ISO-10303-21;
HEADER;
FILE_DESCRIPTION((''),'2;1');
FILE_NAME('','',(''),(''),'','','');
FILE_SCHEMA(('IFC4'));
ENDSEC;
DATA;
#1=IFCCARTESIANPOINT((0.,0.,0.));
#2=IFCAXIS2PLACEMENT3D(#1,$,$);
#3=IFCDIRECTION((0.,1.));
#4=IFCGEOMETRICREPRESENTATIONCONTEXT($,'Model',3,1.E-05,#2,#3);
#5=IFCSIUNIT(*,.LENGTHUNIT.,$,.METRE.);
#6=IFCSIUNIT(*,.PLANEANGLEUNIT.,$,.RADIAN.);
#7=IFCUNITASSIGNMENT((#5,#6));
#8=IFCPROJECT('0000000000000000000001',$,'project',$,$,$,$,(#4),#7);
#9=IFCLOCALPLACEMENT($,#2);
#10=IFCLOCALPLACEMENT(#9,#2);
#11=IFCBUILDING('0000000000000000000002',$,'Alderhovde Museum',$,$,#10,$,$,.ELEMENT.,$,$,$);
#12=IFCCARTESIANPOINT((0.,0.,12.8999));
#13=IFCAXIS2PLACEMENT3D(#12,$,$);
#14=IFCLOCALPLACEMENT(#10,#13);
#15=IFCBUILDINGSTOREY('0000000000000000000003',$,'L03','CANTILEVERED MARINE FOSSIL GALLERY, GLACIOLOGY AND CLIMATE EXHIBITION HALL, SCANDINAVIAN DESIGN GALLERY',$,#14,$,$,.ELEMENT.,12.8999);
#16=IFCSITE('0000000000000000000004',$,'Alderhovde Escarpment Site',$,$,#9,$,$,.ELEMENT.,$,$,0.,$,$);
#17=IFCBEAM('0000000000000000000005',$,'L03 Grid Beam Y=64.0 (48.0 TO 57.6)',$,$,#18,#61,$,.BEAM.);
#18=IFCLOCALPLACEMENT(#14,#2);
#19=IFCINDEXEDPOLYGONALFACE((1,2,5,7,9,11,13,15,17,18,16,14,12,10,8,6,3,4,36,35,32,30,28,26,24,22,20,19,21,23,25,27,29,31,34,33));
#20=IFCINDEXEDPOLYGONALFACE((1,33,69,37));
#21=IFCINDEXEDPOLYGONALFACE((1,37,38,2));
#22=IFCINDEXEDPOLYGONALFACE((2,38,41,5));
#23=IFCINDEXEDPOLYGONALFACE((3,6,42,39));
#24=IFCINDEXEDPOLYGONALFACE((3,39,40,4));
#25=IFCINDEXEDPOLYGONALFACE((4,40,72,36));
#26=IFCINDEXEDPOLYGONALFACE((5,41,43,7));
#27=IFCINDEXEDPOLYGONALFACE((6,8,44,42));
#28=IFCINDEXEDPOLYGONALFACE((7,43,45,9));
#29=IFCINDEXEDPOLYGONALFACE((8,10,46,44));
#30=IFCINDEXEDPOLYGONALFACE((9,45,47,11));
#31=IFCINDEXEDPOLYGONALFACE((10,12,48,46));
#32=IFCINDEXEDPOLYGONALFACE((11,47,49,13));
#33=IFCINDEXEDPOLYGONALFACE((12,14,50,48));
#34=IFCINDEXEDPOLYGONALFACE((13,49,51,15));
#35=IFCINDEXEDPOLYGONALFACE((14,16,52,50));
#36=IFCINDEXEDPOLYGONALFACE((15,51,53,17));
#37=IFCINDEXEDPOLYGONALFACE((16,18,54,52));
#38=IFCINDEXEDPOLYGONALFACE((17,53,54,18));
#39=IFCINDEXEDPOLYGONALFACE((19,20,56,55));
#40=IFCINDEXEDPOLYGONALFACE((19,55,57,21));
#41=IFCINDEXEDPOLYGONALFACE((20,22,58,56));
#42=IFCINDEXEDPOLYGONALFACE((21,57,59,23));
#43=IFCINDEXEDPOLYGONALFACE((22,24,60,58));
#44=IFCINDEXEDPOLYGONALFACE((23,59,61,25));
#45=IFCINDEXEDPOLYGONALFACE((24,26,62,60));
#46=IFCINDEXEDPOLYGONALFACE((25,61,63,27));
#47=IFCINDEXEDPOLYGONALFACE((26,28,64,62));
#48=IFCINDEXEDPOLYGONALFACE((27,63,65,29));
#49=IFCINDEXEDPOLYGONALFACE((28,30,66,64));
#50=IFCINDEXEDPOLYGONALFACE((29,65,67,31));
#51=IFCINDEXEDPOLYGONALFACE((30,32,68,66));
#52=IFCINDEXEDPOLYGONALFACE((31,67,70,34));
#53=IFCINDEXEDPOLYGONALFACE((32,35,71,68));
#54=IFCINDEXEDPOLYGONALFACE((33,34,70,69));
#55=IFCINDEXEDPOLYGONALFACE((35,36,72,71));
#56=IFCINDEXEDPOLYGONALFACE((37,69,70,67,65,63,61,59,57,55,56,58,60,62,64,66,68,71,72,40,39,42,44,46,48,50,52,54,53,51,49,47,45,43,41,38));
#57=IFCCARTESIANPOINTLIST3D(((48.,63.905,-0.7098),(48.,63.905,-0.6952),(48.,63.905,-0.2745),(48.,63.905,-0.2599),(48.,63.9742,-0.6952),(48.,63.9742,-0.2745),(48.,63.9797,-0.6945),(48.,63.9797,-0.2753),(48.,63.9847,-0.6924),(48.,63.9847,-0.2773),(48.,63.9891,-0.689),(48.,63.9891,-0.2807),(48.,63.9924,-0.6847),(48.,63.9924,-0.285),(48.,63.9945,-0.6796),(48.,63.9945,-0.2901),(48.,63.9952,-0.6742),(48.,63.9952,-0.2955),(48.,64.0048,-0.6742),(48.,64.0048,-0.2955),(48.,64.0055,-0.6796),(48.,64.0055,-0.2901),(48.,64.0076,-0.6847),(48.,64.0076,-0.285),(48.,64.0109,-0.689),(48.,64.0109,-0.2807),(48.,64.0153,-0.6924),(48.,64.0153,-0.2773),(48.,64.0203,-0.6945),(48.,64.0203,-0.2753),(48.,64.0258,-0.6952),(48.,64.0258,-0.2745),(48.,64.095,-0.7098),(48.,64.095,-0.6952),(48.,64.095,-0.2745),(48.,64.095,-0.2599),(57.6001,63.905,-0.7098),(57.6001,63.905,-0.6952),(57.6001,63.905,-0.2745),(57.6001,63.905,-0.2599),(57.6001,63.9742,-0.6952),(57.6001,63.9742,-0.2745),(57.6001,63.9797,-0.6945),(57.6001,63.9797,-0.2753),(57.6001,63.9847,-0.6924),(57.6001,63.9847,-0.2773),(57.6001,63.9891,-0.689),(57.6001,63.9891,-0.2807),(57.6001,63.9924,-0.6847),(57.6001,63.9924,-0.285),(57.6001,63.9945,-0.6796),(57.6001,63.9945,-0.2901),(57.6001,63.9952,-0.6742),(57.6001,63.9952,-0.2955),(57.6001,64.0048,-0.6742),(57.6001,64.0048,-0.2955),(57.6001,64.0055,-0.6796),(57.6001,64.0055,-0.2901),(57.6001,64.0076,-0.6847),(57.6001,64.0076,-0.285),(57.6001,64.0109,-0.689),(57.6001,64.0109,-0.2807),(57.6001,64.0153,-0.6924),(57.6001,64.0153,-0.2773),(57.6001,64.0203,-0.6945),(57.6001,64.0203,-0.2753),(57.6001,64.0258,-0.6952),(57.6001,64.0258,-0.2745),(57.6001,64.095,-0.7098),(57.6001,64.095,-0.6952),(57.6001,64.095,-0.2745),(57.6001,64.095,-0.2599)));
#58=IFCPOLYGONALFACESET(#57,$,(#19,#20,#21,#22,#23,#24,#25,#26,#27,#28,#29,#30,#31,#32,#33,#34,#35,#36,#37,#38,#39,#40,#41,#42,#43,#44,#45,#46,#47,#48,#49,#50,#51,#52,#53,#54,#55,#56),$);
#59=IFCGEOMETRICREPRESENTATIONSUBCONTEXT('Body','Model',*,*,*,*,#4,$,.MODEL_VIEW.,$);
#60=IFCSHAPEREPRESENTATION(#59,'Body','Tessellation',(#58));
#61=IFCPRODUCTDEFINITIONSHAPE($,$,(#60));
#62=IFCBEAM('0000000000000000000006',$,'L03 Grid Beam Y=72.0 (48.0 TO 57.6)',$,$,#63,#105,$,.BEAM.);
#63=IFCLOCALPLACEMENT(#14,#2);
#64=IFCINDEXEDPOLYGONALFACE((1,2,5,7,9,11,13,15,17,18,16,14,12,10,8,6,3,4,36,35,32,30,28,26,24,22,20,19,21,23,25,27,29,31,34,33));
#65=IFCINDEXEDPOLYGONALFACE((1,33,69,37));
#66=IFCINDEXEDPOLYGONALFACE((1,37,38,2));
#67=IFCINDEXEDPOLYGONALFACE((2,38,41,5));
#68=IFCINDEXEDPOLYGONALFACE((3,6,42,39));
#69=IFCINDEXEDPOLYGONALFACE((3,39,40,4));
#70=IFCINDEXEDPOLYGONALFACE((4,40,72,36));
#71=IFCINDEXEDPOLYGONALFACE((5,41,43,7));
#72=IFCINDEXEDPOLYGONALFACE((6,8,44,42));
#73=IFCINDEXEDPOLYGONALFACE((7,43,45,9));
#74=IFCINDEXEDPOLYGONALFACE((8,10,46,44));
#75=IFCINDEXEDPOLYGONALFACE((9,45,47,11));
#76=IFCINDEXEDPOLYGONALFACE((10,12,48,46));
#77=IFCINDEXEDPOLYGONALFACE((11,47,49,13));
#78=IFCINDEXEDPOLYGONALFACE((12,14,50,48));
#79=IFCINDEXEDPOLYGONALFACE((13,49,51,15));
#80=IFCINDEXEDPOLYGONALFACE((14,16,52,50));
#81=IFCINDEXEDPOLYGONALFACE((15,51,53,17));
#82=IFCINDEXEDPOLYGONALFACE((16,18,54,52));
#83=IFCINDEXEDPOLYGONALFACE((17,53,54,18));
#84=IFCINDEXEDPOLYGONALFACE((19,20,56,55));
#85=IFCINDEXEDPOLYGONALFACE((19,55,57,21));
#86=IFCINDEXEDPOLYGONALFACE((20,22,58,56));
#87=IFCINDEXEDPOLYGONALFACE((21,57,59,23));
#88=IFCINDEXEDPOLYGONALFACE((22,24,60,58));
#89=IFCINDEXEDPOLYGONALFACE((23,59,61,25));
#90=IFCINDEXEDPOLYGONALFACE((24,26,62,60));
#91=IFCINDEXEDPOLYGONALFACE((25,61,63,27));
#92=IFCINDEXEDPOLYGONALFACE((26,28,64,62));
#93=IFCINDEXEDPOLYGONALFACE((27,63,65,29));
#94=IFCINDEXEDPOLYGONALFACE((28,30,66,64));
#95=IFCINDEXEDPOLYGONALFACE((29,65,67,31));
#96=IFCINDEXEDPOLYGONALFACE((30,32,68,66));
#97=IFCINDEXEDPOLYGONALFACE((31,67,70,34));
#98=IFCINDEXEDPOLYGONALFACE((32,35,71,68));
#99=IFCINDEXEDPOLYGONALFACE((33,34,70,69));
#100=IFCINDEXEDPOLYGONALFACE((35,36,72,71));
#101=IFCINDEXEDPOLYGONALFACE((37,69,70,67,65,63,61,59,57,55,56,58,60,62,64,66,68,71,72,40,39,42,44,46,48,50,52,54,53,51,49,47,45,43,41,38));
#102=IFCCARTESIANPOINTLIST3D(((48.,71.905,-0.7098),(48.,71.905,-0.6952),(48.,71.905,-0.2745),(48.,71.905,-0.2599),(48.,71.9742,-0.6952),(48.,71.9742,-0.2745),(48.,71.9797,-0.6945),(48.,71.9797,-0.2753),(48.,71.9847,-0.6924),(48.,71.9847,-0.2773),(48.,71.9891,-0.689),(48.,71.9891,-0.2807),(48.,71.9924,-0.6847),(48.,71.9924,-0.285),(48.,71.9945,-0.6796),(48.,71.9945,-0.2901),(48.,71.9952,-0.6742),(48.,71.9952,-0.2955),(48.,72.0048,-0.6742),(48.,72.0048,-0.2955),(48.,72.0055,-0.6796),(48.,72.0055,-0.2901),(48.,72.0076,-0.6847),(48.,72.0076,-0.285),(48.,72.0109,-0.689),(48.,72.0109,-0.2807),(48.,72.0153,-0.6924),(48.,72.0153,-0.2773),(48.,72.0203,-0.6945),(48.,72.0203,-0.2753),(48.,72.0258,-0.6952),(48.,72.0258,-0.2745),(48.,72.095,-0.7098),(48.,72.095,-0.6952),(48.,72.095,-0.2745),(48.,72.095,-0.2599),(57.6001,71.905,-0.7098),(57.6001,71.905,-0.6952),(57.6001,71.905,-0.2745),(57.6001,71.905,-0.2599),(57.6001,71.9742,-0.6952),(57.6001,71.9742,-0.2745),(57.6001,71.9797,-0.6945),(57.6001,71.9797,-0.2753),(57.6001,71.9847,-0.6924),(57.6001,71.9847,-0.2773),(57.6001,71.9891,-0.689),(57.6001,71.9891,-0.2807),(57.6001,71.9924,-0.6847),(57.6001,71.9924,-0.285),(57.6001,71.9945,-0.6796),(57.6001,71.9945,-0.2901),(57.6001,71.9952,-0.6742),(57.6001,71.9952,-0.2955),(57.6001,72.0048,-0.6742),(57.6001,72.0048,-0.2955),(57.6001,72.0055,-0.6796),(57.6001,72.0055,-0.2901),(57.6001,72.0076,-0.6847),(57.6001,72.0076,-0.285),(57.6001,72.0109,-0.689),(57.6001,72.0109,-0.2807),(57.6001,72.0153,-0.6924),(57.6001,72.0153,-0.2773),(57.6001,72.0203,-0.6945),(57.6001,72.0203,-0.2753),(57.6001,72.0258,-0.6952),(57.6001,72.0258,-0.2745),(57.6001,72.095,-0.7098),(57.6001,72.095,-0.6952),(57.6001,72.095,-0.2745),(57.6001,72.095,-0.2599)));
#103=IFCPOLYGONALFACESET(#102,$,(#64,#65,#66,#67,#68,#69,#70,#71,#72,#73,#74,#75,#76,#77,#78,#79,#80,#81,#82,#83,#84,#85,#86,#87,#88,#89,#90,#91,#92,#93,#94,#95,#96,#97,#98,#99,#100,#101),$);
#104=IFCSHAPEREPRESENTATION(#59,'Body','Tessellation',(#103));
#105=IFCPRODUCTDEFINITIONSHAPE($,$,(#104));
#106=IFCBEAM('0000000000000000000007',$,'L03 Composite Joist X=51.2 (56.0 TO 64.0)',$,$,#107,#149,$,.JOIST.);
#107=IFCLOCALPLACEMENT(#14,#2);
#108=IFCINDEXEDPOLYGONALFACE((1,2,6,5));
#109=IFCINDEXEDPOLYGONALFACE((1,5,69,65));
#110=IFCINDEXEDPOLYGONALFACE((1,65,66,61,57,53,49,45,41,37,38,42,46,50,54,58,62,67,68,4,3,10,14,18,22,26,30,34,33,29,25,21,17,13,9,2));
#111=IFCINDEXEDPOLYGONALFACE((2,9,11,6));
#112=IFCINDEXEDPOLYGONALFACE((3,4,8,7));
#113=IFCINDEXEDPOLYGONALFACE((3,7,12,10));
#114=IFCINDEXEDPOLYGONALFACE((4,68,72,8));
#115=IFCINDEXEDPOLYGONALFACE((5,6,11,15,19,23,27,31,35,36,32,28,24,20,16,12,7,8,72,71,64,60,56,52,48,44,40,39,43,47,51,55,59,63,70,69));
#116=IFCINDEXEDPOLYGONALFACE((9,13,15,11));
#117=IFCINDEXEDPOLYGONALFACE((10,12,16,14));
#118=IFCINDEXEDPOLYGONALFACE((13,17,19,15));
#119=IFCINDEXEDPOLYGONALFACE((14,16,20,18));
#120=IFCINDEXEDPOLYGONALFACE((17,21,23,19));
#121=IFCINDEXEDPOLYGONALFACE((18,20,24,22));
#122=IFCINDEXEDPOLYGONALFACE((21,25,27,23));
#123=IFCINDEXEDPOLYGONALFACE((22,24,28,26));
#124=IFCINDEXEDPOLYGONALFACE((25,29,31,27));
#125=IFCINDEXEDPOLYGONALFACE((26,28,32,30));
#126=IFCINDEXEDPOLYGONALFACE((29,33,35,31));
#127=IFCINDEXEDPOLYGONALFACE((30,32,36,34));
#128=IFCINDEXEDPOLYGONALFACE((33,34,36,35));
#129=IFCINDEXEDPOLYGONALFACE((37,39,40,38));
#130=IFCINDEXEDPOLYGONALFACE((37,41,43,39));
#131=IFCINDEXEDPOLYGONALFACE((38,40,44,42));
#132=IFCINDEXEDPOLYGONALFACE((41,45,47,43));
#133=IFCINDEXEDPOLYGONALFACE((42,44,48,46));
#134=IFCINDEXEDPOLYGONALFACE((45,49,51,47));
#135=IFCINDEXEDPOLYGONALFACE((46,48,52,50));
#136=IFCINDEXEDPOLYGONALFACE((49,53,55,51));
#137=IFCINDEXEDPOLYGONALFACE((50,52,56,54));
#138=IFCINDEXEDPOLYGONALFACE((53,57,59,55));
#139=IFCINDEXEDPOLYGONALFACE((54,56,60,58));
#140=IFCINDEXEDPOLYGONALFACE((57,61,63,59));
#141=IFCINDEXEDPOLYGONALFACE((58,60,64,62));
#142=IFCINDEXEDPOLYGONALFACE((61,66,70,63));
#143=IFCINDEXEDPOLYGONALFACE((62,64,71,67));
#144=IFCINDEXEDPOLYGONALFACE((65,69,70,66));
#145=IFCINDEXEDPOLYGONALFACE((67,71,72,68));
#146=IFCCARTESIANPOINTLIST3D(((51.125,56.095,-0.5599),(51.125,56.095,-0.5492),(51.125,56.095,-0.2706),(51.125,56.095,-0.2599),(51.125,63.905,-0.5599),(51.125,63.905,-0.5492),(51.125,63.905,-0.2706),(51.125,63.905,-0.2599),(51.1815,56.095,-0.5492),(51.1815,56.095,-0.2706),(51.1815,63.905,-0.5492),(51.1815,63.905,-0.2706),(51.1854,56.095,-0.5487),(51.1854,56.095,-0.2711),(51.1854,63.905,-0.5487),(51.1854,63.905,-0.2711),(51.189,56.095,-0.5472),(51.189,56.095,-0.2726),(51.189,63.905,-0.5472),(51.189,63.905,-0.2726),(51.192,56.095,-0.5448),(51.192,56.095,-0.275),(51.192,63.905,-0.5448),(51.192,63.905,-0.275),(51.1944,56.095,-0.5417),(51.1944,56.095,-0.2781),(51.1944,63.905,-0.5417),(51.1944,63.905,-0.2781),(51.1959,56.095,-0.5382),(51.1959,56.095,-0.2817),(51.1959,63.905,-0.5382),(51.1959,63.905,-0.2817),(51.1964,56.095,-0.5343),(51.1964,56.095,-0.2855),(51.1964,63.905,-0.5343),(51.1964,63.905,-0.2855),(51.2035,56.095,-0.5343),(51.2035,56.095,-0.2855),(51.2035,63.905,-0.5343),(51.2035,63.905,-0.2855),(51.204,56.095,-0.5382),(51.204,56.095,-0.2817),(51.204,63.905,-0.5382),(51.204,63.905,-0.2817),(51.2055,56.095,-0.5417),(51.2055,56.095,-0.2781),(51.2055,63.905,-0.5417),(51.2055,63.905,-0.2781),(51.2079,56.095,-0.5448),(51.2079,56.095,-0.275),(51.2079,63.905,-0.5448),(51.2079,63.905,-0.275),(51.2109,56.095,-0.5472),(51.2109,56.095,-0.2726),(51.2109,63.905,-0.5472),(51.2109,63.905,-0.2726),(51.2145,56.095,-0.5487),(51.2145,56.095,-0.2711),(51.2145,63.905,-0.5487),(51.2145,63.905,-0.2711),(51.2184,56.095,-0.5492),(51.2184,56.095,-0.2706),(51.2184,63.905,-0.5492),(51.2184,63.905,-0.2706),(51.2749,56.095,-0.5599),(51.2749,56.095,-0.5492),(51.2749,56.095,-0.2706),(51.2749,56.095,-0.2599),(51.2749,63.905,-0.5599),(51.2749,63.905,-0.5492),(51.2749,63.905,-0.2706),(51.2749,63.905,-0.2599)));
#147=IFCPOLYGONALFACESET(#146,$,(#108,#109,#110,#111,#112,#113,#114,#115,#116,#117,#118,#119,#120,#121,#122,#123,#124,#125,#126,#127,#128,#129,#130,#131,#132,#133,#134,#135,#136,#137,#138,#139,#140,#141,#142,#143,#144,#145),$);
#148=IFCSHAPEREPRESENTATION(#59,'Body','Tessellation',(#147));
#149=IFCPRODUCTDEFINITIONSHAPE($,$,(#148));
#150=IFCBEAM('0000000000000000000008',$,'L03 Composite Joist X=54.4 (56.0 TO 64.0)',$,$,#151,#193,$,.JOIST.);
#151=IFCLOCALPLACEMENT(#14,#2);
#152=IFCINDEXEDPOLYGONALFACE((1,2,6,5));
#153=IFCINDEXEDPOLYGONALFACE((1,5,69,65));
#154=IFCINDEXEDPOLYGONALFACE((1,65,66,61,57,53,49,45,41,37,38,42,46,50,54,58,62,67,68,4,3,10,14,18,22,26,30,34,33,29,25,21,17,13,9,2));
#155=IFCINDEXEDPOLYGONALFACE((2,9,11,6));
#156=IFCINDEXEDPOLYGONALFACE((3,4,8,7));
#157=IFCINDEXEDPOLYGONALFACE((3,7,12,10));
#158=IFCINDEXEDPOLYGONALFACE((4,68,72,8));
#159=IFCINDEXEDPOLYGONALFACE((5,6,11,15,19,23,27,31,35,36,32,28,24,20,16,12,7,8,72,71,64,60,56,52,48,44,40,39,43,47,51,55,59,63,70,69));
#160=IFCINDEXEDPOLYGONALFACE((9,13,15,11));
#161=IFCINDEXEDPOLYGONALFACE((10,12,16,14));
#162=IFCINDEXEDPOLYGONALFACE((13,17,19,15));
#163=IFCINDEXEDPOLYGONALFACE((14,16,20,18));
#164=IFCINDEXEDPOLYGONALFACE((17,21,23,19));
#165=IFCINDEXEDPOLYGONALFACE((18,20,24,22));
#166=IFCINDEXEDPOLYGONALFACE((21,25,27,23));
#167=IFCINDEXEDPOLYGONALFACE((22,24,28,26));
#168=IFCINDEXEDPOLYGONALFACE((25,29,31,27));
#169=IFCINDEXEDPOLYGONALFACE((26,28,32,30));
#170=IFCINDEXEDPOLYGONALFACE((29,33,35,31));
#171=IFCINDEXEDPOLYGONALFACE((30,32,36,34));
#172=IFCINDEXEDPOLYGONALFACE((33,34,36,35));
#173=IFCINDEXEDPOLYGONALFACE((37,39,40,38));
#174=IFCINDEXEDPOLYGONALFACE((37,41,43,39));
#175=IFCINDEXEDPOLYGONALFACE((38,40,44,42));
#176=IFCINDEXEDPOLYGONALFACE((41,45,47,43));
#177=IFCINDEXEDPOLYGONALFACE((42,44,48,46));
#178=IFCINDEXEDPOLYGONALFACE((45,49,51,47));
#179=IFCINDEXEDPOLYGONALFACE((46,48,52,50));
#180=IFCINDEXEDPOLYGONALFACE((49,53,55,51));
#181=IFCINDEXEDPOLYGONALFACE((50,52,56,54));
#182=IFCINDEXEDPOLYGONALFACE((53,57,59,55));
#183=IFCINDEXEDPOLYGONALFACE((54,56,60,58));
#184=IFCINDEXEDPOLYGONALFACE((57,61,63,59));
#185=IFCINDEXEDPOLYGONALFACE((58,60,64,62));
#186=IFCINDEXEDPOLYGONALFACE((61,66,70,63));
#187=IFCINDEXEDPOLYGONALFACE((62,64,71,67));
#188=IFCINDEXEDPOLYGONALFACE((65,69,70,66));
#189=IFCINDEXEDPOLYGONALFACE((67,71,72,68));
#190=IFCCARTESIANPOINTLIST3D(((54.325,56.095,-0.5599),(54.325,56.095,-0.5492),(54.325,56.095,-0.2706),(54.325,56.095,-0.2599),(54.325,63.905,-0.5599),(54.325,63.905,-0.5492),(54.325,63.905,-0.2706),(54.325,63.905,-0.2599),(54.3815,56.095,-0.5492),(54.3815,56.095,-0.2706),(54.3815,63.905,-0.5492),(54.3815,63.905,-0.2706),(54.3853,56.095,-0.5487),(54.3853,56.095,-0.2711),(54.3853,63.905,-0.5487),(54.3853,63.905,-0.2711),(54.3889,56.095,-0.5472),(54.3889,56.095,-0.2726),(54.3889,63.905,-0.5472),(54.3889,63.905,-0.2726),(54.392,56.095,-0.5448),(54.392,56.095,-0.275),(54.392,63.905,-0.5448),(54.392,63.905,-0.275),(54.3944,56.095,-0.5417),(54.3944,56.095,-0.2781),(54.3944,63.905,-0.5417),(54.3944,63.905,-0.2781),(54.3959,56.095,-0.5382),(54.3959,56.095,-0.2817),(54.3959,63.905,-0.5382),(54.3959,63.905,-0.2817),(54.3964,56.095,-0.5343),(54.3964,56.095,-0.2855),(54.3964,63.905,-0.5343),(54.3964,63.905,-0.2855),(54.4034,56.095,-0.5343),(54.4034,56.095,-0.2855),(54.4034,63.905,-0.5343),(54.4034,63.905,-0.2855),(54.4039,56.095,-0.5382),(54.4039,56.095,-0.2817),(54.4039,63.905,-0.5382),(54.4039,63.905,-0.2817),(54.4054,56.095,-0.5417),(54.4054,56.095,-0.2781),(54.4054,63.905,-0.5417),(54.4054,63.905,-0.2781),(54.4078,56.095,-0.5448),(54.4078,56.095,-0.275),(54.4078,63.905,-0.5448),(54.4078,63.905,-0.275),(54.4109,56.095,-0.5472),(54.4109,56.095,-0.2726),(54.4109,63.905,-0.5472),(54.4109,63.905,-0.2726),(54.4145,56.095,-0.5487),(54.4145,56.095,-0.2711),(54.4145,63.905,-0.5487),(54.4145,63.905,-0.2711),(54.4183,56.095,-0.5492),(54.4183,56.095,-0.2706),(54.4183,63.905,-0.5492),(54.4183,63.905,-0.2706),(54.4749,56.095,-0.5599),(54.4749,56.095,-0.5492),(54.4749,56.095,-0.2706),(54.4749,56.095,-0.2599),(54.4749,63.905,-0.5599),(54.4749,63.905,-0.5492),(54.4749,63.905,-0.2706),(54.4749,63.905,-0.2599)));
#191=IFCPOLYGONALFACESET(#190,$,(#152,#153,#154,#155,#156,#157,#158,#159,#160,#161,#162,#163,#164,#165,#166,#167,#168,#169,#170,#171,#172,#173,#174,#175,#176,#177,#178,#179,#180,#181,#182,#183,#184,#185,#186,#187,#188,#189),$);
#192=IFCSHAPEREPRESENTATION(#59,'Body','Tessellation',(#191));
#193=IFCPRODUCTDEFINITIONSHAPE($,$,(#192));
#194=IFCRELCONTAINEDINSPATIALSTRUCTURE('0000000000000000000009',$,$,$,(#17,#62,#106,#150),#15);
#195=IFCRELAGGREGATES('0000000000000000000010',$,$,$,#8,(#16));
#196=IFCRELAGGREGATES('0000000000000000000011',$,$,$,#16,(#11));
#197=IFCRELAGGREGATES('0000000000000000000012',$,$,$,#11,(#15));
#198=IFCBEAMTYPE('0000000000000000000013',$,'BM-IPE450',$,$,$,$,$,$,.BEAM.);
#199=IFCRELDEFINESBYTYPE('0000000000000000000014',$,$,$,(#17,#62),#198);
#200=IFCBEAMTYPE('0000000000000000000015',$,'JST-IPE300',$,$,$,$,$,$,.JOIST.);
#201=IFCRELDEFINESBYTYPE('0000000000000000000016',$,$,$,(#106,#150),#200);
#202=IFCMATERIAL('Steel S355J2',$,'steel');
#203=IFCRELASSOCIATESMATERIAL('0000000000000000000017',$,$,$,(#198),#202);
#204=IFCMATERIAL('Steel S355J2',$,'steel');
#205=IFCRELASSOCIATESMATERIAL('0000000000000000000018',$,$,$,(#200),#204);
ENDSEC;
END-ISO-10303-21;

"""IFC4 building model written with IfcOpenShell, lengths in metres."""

from ifc_helpers import new_model, si_unit, direction, frame, origin, origin_2d, place, context, subcontext, project, spatial, i_section, extrude, material, material_profile, profile_set, type_object, element, save


model = new_model("IFC4")

# Units and contexts
model_context = context("Model", 3, precision=1e-05, world=origin(), true_north=direction((0.0, 1.0)))
body_context = subcontext(model_context, "Body", "Model", "MODEL_VIEW")
ifc_project = project(units=[si_unit("LENGTHUNIT", "METRE"), si_unit("PLANEANGLEUNIT", "RADIAN")], contexts=[model_context])

# Site, building, storey
site_placement = place(None, origin())
site = spatial("IfcSite", under=ifc_project, at=site_placement, Name="Alderhovde Escarpment Site", CompositionType="ELEMENT", RefElevation=0.0)
building_placement = place(site_placement, origin())
building = spatial("IfcBuilding", under=site, at=building_placement, Name="Alderhovde Museum", CompositionType="ELEMENT")
storey_placement = place(building_placement, frame((0.0, 0.0, 12.8999)))
storey = spatial("IfcBuildingStorey", under=building, at=storey_placement, Name="L03", Description="CANTILEVERED MARINE FOSSIL GALLERY, GLACIOLOGY AND CLIMATE EXHIBITION HALL, SCANDINAVIAN DESIGN GALLERY", CompositionType="ELEMENT", Elevation=12.8999)

# Beams
ifc_material_1 = material(Name="Steel S355J2", Category="steel")
ifc_material_profile_1 = material_profile(ifc_material_1, i_section(OverallWidth=0.1899, OverallDepth=0.45, WebThickness=0.0095, FlangeThickness=0.0146, FilletRadius=0.021, at=origin_2d()), Name="IPE 450")
ifc_profile_set_1 = profile_set([ifc_material_profile_1], Name="Steel S355J2")
beam_type_1 = type_object("IfcBeamType", Name="BM-IPE450", PredefinedType="BEAM", material=ifc_profile_set_1)
for number, where, z_axis, x_axis, name in (
    (1, (48.0, 64.0, -0.4849), (1.0, 0.0, 0.0), (0.0, 1.0, 0.0), "L03 Grid Beam Y=64.0 (48.0 TO 57.6)"),
    (2, (48.0, 72.0, -0.4849), (1.0, 0.0, 0.0), (0.0, 1.0, 0.0), "L03 Grid Beam Y=72.0 (48.0 TO 57.6)"),
):
    element("IfcBeam", number, at=place(storey_placement, frame(where, z_axis=z_axis, x_axis=x_axis)), inside=storey, type_object=beam_type_1, Name=name, PredefinedType="BEAM", context=body_context, shape_type="SweptSolid", body=[
        extrude(i_section(OverallWidth=0.1899, OverallDepth=0.45, WebThickness=0.0095, FlangeThickness=0.0146, FilletRadius=0.021, at=origin_2d()), origin(), (0.0, 0.0, 1.0), 9.6001),
    ])
ifc_material_2 = material(Name="Steel S355J2", Category="steel")
ifc_material_profile_2 = material_profile(ifc_material_2, i_section(OverallWidth=0.1499, OverallDepth=0.3, WebThickness=0.0071, FlangeThickness=0.0107, FilletRadius=0.0149, at=origin_2d()), Name="IPE 300")
ifc_profile_set_2 = profile_set([ifc_material_profile_2], Name="Steel S355J2")
beam_type_2 = type_object("IfcBeamType", Name="JST-IPE300", PredefinedType="JOIST", material=ifc_profile_set_2)
for number, where, z_axis, x_axis, name in (
    (3, (51.2, 56.095, -0.4099), (0.0, 1.0, 0.0), (-1.0, 0.0, 0.0), "L03 Composite Joist X=51.2 (56.0 TO 64.0)"),
    (4, (54.3999, 56.095, -0.4099), (0.0, 1.0, 0.0), (-1.0, 0.0, 0.0), "L03 Composite Joist X=54.4 (56.0 TO 64.0)"),
):
    element("IfcBeam", number, at=place(storey_placement, frame(where, z_axis=z_axis, x_axis=x_axis)), inside=storey, type_object=beam_type_2, Name=name, PredefinedType="JOIST", context=body_context, shape_type="SweptSolid", body=[
        extrude(i_section(OverallWidth=0.1499, OverallDepth=0.3, WebThickness=0.0071, FlangeThickness=0.0107, FilletRadius=0.0149, at=origin_2d()), origin(), (0.0, 0.0, 1.0), 7.8101),
    ])

save(model, "model.ifc")
